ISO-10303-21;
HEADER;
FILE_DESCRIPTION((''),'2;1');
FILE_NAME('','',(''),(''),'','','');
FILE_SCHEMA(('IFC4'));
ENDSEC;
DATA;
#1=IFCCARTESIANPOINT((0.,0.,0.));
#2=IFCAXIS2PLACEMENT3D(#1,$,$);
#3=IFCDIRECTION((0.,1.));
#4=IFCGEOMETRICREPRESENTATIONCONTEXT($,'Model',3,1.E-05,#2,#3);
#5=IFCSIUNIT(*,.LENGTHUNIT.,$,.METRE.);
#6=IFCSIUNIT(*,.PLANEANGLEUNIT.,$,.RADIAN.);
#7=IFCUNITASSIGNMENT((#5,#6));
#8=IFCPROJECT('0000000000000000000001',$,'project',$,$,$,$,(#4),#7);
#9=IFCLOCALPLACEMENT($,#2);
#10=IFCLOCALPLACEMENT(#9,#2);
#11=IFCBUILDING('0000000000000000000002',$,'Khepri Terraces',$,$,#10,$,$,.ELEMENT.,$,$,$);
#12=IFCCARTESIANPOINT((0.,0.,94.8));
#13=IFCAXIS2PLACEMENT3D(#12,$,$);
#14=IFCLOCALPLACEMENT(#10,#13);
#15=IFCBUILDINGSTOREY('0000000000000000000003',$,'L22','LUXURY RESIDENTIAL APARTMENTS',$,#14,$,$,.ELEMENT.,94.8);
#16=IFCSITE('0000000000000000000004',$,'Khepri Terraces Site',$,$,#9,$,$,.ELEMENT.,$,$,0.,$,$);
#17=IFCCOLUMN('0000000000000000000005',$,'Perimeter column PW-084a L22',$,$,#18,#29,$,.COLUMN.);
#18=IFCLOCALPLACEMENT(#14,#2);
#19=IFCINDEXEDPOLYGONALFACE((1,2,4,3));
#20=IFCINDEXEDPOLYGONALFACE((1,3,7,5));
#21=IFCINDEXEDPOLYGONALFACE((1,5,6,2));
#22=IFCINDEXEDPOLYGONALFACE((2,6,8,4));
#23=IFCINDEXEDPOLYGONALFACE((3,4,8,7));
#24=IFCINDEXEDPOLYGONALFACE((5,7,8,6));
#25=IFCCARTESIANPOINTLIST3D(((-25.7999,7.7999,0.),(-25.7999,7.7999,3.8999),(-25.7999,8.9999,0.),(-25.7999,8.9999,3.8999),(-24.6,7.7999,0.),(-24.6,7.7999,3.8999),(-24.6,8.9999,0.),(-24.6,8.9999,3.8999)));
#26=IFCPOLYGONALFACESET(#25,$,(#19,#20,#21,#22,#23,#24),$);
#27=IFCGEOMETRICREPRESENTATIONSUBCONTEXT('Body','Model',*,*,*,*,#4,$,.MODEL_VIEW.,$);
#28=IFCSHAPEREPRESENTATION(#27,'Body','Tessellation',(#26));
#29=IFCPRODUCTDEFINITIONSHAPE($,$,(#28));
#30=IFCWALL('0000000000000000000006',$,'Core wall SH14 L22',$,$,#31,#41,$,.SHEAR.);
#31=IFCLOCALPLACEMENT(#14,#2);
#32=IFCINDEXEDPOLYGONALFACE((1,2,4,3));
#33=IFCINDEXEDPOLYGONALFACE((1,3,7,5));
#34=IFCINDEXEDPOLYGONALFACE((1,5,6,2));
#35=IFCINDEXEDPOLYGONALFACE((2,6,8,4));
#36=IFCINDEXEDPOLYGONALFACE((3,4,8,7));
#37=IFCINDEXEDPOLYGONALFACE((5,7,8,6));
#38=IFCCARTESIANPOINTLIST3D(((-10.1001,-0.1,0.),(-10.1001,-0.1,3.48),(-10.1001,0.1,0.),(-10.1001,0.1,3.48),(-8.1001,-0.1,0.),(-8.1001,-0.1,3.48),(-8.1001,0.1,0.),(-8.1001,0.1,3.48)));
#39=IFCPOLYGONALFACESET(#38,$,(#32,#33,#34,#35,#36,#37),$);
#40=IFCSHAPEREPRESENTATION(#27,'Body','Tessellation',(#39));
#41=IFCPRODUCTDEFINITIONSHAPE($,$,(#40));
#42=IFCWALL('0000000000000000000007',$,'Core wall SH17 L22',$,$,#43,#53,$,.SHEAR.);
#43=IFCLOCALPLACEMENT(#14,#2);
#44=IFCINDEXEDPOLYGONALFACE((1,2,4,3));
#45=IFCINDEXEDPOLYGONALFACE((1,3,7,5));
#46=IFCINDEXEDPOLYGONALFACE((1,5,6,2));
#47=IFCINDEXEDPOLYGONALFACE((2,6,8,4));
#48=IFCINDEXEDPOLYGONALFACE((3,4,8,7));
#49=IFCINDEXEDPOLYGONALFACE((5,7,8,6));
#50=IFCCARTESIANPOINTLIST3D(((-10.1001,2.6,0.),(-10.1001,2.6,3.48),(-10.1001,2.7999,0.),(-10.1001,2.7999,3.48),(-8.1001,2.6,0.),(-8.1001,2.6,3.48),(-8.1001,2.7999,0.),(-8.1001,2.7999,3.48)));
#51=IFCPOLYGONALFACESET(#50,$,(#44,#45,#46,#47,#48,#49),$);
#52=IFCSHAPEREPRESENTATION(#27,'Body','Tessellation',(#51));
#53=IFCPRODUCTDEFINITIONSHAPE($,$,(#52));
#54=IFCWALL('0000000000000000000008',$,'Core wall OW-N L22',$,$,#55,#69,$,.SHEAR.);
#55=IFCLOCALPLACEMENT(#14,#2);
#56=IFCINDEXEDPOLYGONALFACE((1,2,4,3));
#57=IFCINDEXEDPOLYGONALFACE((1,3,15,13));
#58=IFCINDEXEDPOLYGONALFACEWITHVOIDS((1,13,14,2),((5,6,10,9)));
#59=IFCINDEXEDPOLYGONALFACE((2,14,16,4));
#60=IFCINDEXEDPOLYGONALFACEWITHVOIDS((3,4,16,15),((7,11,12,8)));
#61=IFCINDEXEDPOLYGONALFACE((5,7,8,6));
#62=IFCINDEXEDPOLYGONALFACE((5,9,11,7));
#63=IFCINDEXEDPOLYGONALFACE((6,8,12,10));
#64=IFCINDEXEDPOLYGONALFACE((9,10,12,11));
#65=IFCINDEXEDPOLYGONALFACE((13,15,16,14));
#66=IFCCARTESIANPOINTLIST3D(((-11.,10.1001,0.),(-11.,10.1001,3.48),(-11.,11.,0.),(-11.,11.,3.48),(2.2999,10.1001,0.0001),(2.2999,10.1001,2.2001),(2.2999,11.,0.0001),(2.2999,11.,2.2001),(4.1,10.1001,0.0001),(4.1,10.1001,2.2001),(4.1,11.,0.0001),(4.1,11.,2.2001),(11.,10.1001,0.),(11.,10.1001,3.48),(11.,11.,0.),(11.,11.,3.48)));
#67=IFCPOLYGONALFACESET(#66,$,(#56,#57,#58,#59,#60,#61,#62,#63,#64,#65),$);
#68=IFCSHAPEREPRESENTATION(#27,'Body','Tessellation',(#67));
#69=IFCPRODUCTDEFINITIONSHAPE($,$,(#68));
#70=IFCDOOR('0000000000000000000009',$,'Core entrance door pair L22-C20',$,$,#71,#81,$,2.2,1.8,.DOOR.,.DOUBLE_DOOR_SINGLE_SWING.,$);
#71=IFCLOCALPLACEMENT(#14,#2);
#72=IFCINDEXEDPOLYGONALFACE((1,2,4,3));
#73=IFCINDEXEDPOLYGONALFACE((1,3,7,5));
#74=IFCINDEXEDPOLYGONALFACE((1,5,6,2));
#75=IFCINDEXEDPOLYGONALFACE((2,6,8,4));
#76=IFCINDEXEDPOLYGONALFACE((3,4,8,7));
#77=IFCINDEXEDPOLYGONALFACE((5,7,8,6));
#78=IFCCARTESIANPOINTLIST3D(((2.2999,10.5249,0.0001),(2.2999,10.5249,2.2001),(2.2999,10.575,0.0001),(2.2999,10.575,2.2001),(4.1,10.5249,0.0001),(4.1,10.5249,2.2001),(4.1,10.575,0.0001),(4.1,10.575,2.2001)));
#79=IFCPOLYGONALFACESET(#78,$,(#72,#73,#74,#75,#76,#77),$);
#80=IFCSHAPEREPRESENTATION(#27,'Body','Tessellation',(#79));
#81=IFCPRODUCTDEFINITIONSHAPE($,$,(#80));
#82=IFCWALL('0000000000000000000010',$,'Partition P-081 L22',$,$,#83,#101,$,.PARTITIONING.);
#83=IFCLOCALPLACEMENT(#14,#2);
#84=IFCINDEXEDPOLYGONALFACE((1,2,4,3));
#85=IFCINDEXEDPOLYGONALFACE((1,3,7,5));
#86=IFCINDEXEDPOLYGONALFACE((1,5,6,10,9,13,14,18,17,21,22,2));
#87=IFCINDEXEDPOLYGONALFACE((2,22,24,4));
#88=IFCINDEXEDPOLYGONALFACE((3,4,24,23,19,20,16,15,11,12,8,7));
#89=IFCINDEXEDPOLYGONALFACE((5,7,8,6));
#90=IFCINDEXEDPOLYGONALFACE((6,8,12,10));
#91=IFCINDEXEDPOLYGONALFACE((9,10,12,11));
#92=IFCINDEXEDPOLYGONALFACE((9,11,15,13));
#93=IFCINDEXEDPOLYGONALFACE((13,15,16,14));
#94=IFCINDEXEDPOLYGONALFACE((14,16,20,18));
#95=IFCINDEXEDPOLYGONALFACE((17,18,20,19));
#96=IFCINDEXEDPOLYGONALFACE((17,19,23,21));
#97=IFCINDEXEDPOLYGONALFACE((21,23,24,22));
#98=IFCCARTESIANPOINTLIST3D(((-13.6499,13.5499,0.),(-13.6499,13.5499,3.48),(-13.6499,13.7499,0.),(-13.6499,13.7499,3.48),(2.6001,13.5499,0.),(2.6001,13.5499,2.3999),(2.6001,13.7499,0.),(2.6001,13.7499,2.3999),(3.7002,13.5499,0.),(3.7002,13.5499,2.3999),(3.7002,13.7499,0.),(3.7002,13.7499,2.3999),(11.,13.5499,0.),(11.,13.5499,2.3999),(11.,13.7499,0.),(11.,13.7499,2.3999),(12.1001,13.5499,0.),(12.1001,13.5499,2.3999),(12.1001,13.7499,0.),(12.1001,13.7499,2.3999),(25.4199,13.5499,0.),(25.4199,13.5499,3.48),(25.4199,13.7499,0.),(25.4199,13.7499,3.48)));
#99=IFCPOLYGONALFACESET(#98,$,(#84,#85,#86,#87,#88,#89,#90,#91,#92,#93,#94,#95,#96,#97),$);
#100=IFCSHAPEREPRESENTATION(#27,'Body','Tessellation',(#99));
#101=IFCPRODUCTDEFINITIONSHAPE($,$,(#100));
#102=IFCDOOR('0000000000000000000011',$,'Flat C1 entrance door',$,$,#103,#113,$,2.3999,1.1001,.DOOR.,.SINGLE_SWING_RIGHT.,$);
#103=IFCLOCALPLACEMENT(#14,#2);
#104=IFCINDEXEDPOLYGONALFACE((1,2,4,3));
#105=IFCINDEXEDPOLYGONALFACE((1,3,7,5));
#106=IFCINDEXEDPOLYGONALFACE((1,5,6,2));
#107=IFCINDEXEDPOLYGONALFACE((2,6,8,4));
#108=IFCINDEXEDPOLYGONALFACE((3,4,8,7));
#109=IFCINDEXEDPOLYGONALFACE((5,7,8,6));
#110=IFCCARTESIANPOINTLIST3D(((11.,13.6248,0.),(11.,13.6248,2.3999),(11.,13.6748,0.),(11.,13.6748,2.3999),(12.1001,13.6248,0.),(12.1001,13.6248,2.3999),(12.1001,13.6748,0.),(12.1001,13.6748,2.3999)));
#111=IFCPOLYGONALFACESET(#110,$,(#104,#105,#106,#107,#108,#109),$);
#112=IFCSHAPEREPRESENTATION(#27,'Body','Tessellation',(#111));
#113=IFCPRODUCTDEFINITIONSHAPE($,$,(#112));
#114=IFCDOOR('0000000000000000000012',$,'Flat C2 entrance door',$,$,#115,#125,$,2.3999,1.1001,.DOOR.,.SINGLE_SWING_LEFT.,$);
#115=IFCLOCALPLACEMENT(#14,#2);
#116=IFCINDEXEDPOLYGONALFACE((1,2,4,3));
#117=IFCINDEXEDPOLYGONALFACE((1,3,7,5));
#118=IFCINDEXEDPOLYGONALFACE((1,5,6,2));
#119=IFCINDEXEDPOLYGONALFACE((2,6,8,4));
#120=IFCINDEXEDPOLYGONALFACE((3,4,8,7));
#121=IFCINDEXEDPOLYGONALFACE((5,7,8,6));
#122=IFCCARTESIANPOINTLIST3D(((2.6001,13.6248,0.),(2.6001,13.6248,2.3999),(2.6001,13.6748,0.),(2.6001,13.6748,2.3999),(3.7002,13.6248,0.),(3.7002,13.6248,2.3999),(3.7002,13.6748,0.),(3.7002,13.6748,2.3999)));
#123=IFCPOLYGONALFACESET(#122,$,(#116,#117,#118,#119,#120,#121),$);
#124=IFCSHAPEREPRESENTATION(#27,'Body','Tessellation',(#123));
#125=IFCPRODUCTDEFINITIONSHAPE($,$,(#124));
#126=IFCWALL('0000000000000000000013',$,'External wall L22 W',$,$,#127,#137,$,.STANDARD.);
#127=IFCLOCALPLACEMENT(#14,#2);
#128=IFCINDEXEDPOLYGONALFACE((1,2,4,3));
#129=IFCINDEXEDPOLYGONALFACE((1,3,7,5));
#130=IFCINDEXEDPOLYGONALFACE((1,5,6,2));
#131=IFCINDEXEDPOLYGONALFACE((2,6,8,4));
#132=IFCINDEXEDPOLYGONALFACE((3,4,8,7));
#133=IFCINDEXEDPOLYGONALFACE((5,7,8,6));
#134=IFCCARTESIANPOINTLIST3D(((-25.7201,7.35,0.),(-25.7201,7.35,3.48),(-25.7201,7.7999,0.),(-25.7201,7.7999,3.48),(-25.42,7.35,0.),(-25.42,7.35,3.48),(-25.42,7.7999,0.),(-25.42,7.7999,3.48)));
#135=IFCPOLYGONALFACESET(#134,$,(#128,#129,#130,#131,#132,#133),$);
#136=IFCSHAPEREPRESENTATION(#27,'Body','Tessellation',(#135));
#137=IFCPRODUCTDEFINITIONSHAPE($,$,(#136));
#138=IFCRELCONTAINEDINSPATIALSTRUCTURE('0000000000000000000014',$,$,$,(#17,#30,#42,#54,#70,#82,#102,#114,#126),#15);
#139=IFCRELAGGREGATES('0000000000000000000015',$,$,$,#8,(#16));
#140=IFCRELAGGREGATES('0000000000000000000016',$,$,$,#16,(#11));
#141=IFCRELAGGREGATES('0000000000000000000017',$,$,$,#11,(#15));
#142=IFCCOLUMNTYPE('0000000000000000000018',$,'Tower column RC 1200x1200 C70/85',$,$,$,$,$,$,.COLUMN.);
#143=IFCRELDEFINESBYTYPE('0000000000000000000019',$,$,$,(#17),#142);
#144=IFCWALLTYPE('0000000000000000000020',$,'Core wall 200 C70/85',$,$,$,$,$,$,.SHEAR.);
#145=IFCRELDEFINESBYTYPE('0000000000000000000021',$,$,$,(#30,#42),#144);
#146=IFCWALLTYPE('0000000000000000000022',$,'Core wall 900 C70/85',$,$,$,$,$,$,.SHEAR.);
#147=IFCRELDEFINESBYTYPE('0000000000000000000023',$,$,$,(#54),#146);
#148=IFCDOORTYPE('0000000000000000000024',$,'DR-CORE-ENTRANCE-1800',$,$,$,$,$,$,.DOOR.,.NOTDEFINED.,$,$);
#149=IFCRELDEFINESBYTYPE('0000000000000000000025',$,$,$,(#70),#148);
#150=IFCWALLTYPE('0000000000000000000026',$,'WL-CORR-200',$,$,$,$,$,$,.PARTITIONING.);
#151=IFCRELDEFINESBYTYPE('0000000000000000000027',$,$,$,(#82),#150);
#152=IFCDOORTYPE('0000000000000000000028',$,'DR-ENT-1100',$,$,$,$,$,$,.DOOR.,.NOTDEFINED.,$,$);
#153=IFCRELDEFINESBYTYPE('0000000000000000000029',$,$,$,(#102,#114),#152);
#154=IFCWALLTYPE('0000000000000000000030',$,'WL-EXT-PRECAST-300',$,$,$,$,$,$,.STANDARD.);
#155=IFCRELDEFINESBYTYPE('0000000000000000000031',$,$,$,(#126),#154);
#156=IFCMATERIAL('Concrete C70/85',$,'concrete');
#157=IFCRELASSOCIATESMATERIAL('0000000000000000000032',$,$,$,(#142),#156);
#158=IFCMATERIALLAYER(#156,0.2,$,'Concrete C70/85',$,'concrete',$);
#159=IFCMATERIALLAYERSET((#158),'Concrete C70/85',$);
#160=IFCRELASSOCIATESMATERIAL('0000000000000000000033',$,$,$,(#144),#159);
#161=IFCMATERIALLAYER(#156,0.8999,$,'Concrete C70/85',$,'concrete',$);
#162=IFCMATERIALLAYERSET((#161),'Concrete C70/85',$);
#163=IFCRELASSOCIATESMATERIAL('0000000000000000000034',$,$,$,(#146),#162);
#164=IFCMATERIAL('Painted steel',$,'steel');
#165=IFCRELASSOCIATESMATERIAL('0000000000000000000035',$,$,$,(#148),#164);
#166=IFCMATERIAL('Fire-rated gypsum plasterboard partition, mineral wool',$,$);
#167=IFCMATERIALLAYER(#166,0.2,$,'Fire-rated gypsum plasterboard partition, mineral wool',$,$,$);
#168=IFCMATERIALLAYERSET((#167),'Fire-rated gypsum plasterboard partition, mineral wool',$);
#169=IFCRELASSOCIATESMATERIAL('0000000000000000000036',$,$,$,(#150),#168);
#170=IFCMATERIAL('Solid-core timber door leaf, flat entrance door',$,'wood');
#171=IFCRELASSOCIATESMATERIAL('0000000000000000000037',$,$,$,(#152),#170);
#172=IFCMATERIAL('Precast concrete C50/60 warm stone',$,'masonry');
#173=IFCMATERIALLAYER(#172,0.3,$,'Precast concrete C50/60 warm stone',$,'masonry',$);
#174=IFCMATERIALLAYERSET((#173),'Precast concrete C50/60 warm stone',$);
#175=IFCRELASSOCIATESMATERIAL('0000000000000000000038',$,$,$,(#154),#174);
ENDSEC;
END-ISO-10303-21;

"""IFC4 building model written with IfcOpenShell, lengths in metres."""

from ifc_helpers import new_model, si_unit, direction, frame, frame_2d, origin, origin_2d, place, context, subcontext, project, spatial, rectangle, extrude, material, layer, layer_set, material_profile, profile_set, type_object, element, fill, save


model = new_model("IFC4")

# Units and contexts
model_context = context("Model", 3, precision=1e-05, world=origin(), true_north=direction((0.0, 1.0)))
body_context = subcontext(model_context, "Body", "Model", "MODEL_VIEW")
ifc_project = project(units=[si_unit("LENGTHUNIT", "METRE"), si_unit("PLANEANGLEUNIT", "RADIAN")], contexts=[model_context])

# Site, building, storey
site_placement = place(None, origin())
site = spatial("IfcSite", under=ifc_project, at=site_placement, Name="Khepri Terraces Site", CompositionType="ELEMENT", RefElevation=0.0)
building_placement = place(site_placement, origin())
building = spatial("IfcBuilding", under=site, at=building_placement, Name="Khepri Terraces", CompositionType="ELEMENT")
storey_placement = place(building_placement, frame((0.0, 0.0, 94.8)))
storey = spatial("IfcBuildingStorey", under=building, at=storey_placement, Name="L22", Description="LUXURY RESIDENTIAL APARTMENTS", CompositionType="ELEMENT", Elevation=94.8)

# Column
ifc_material_1 = material(Name="Concrete C70/85", Category="concrete")
ifc_material_profile = material_profile(ifc_material_1, rectangle(XDim=1.2, YDim=1.2, at=origin_2d()), Name="Concrete C70/85", Category="concrete")
ifc_profile_set = profile_set([ifc_material_profile], Name="Concrete C70/85")
column_type = type_object("IfcColumnType", Name="Tower column RC 1200x1200 C70/85", PredefinedType="COLUMN", material=ifc_profile_set)
column_placement = place(storey_placement, frame((-25.2, 8.3999, 0.0), z_axis=(0.0, 0.0, 1.0), x_axis=(1.0, 0.0, 0.0)))
element("IfcColumn", 1, at=column_placement, inside=storey, type_object=column_type, Name="Perimeter column PW-084a L22", PredefinedType="COLUMN", context=body_context, shape_type="SweptSolid", body=[
    extrude(rectangle(XDim=1.2, YDim=1.2, at=origin_2d()), origin(), (0.0, 0.0, 1.0), 3.8999),
])

# Walls
ifc_layer_1 = layer(ifc_material_1, 0.2, Name="Concrete C70/85", Category="concrete")
ifc_layer_set_1 = layer_set([ifc_layer_1], Name="Concrete C70/85")
wall_type_1 = type_object("IfcWallType", Name="Core wall 200 C70/85", PredefinedType="SHEAR", material=ifc_layer_set_1)
for number, where, z_axis, x_axis, name in (
    (2, (-10.1001, 0.0, 0.0), (0.0, 0.0, 1.0), (1.0, 0.0, 0.0), "Core wall SH14 L22"),
    (3, (-10.1001, 2.7, 0.0), (0.0, 0.0, 1.0), (1.0, 0.0, 0.0), "Core wall SH17 L22"),
):
    element("IfcWall", number, at=place(storey_placement, frame(where, z_axis=z_axis, x_axis=x_axis)), inside=storey, type_object=wall_type_1, Name=name, PredefinedType="SHEAR", context=body_context, shape_type="SweptSolid", body=[
        extrude(rectangle(XDim=2.0, YDim=0.2, at=frame_2d((1.0, 0.0))), origin(), (0.0, 0.0, 1.0), 3.48),
    ])

# Wall, opening, door
ifc_layer_2 = layer(ifc_material_1, 0.8999, Name="Concrete C70/85", Category="concrete")
ifc_layer_set_2 = layer_set([ifc_layer_2], Name="Concrete C70/85")
wall_type_2 = type_object("IfcWallType", Name="Core wall 900 C70/85", PredefinedType="SHEAR", material=ifc_layer_set_2)
wall_1_placement = place(storey_placement, frame((-11.0, 10.55, 0.0), z_axis=(0.0, 0.0, 1.0), x_axis=(1.0, 0.0, 0.0)))
wall_1 = element("IfcWall", 4, at=wall_1_placement, inside=storey, type_object=wall_type_2, Name="Core wall OW-N L22", PredefinedType="SHEAR", context=body_context, shape_type="SweptSolid", body=[
    extrude(rectangle(XDim=22.0, YDim=0.8999, at=frame_2d((11.0, 0.0))), origin(), (0.0, 0.0, 1.0), 3.48),
])
opening_1_placement = place(wall_1_placement, frame((13.3, 0.0, 0.0)))
opening_1 = element("IfcOpeningElement", 5, at=opening_1_placement, cuts=wall_1, PredefinedType="OPENING", context=body_context, shape_type="SweptSolid", body=[
    extrude(rectangle(XDim=1.8, YDim=2.2, at=frame_2d((0.8999, 1.1001))), frame((0.0, 0.46, 0.0), z_axis=(0.0, -1.0, 0.0), x_axis=(1.0, 0.0, 0.0)), (0.0, 0.0, 1.0), 0.9199),
])
ifc_material_2 = material(Name="Painted steel", Category="steel")
door_type_1 = type_object("IfcDoorType", Name="DR-CORE-ENTRANCE-1800", OperationType="NOTDEFINED", PredefinedType="DOOR", material=ifc_material_2)
door_1_placement = place(opening_1_placement, origin())
door_1 = element("IfcDoor", 6, at=door_1_placement, inside=storey, type_object=door_type_1, Name="Core entrance door pair L22-C20", OperationType="DOUBLE_DOOR_SINGLE_SWING", OverallHeight=2.2, OverallWidth=1.8, PredefinedType="DOOR", context=body_context, shape_type="SweptSolid", body=[
    extrude(rectangle(XDim=1.8, YDim=2.2, at=frame_2d((0.8999, 1.1001))), frame((0.0, 0.0249, 0.0), z_axis=(0.0, -1.0, 0.0), x_axis=(1.0, 0.0, 0.0)), (0.0, 0.0, 1.0), 0.05),
])
fill(opening_1, door_1)

# Wall, openings, doors
ifc_material_3 = material(Name="Fire-rated gypsum plasterboard partition, mineral wool")
ifc_layer_3 = layer(ifc_material_3, 0.2, Name="Fire-rated gypsum plasterboard partition, mineral wool")
ifc_layer_set_3 = layer_set([ifc_layer_3], Name="Fire-rated gypsum plasterboard partition, mineral wool")
wall_type_3 = type_object("IfcWallType", Name="WL-CORR-200", PredefinedType="PARTITIONING", material=ifc_layer_set_3)
wall_2_placement = place(storey_placement, frame((-13.6499, 13.6499, 0.0), z_axis=(0.0, 0.0, 1.0), x_axis=(1.0, 0.0, 0.0)))
wall_2 = element("IfcWall", 7, at=wall_2_placement, inside=storey, type_object=wall_type_3, Name="Partition P-081 L22", PredefinedType="PARTITIONING", context=body_context, shape_type="SweptSolid", body=[
    extrude(rectangle(XDim=39.0698, YDim=0.2, at=frame_2d((19.5349, 0.0))), origin(), (0.0, 0.0, 1.0), 3.48),
])
opening_2_placement = place(wall_2_placement, frame((24.6499, 0.0, 0.0)))
opening_2 = element("IfcOpeningElement", 8, at=opening_2_placement, cuts=wall_2, PredefinedType="OPENING", context=body_context, shape_type="SweptSolid", body=[
    extrude(rectangle(XDim=1.1001, YDim=2.3999, at=frame_2d((0.55, 1.2))), frame((0.0, 0.1099, 0.0), z_axis=(0.0, -1.0, 0.0), x_axis=(1.0, 0.0, 0.0)), (0.0, 0.0, 1.0), 0.22),
])
opening_3_placement = place(wall_2_placement, frame((16.25, 0.0, 0.0)))
opening_3 = element("IfcOpeningElement", 9, at=opening_3_placement, cuts=wall_2, PredefinedType="OPENING", context=body_context, shape_type="SweptSolid", body=[
    extrude(rectangle(XDim=1.1001, YDim=2.3999, at=frame_2d((0.55, 1.2))), frame((0.0, 0.1099, 0.0), z_axis=(0.0, -1.0, 0.0), x_axis=(1.0, 0.0, 0.0)), (0.0, 0.0, 1.0), 0.22),
])
ifc_material_4 = material(Name="Solid-core timber door leaf, flat entrance door", Category="wood")
door_type_2 = type_object("IfcDoorType", Name="DR-ENT-1100", OperationType="NOTDEFINED", PredefinedType="DOOR", material=ifc_material_4)
door_2_placement = place(opening_2_placement, origin())
door_2 = element("IfcDoor", 10, at=door_2_placement, inside=storey, type_object=door_type_2, Name="Flat C1 entrance door", OperationType="SINGLE_SWING_RIGHT", OverallHeight=2.3999, OverallWidth=1.1001, PredefinedType="DOOR", context=body_context, shape_type="SweptSolid", body=[
    extrude(rectangle(XDim=1.1001, YDim=2.3999, at=frame_2d((0.55, 1.2))), frame((0.0, 0.0249, 0.0), z_axis=(0.0, -1.0, 0.0), x_axis=(1.0, 0.0, 0.0)), (0.0, 0.0, 1.0), 0.05),
])
fill(opening_2, door_2)
door_3_placement = place(opening_3_placement, origin())
door_3 = element("IfcDoor", 11, at=door_3_placement, inside=storey, type_object=door_type_2, Name="Flat C2 entrance door", OperationType="SINGLE_SWING_LEFT", OverallHeight=2.3999, OverallWidth=1.1001, PredefinedType="DOOR", context=body_context, shape_type="SweptSolid", body=[
    extrude(rectangle(XDim=1.1001, YDim=2.3999, at=frame_2d((0.55, 1.2))), frame((0.0, 0.0249, 0.0), z_axis=(0.0, -1.0, 0.0), x_axis=(1.0, 0.0, 0.0)), (0.0, 0.0, 1.0), 0.05),
])
fill(opening_3, door_3)

# Wall
ifc_material_5 = material(Name="Precast concrete C50/60 warm stone", Category="masonry")
ifc_layer_4 = layer(ifc_material_5, 0.3, Name="Precast concrete C50/60 warm stone", Category="masonry")
ifc_layer_set_4 = layer_set([ifc_layer_4], Name="Precast concrete C50/60 warm stone")
wall_type_4 = type_object("IfcWallType", Name="WL-EXT-PRECAST-300", PredefinedType="STANDARD", material=ifc_layer_set_4)
wall_3_placement = place(storey_placement, frame((-25.5701, 7.8, 0.0), z_axis=(0.0, 0.0, 1.0), x_axis=(0.0, -1.0, 0.0)))
element("IfcWall", 12, at=wall_3_placement, inside=storey, type_object=wall_type_4, Name="External wall L22 W", PredefinedType="STANDARD", context=body_context, shape_type="SweptSolid", body=[
    extrude(rectangle(XDim=0.45, YDim=0.3, at=frame_2d((0.2251, 0.0))), origin(), (0.0, 0.0, 1.0), 3.48),
])

save(model, "model.ifc")
